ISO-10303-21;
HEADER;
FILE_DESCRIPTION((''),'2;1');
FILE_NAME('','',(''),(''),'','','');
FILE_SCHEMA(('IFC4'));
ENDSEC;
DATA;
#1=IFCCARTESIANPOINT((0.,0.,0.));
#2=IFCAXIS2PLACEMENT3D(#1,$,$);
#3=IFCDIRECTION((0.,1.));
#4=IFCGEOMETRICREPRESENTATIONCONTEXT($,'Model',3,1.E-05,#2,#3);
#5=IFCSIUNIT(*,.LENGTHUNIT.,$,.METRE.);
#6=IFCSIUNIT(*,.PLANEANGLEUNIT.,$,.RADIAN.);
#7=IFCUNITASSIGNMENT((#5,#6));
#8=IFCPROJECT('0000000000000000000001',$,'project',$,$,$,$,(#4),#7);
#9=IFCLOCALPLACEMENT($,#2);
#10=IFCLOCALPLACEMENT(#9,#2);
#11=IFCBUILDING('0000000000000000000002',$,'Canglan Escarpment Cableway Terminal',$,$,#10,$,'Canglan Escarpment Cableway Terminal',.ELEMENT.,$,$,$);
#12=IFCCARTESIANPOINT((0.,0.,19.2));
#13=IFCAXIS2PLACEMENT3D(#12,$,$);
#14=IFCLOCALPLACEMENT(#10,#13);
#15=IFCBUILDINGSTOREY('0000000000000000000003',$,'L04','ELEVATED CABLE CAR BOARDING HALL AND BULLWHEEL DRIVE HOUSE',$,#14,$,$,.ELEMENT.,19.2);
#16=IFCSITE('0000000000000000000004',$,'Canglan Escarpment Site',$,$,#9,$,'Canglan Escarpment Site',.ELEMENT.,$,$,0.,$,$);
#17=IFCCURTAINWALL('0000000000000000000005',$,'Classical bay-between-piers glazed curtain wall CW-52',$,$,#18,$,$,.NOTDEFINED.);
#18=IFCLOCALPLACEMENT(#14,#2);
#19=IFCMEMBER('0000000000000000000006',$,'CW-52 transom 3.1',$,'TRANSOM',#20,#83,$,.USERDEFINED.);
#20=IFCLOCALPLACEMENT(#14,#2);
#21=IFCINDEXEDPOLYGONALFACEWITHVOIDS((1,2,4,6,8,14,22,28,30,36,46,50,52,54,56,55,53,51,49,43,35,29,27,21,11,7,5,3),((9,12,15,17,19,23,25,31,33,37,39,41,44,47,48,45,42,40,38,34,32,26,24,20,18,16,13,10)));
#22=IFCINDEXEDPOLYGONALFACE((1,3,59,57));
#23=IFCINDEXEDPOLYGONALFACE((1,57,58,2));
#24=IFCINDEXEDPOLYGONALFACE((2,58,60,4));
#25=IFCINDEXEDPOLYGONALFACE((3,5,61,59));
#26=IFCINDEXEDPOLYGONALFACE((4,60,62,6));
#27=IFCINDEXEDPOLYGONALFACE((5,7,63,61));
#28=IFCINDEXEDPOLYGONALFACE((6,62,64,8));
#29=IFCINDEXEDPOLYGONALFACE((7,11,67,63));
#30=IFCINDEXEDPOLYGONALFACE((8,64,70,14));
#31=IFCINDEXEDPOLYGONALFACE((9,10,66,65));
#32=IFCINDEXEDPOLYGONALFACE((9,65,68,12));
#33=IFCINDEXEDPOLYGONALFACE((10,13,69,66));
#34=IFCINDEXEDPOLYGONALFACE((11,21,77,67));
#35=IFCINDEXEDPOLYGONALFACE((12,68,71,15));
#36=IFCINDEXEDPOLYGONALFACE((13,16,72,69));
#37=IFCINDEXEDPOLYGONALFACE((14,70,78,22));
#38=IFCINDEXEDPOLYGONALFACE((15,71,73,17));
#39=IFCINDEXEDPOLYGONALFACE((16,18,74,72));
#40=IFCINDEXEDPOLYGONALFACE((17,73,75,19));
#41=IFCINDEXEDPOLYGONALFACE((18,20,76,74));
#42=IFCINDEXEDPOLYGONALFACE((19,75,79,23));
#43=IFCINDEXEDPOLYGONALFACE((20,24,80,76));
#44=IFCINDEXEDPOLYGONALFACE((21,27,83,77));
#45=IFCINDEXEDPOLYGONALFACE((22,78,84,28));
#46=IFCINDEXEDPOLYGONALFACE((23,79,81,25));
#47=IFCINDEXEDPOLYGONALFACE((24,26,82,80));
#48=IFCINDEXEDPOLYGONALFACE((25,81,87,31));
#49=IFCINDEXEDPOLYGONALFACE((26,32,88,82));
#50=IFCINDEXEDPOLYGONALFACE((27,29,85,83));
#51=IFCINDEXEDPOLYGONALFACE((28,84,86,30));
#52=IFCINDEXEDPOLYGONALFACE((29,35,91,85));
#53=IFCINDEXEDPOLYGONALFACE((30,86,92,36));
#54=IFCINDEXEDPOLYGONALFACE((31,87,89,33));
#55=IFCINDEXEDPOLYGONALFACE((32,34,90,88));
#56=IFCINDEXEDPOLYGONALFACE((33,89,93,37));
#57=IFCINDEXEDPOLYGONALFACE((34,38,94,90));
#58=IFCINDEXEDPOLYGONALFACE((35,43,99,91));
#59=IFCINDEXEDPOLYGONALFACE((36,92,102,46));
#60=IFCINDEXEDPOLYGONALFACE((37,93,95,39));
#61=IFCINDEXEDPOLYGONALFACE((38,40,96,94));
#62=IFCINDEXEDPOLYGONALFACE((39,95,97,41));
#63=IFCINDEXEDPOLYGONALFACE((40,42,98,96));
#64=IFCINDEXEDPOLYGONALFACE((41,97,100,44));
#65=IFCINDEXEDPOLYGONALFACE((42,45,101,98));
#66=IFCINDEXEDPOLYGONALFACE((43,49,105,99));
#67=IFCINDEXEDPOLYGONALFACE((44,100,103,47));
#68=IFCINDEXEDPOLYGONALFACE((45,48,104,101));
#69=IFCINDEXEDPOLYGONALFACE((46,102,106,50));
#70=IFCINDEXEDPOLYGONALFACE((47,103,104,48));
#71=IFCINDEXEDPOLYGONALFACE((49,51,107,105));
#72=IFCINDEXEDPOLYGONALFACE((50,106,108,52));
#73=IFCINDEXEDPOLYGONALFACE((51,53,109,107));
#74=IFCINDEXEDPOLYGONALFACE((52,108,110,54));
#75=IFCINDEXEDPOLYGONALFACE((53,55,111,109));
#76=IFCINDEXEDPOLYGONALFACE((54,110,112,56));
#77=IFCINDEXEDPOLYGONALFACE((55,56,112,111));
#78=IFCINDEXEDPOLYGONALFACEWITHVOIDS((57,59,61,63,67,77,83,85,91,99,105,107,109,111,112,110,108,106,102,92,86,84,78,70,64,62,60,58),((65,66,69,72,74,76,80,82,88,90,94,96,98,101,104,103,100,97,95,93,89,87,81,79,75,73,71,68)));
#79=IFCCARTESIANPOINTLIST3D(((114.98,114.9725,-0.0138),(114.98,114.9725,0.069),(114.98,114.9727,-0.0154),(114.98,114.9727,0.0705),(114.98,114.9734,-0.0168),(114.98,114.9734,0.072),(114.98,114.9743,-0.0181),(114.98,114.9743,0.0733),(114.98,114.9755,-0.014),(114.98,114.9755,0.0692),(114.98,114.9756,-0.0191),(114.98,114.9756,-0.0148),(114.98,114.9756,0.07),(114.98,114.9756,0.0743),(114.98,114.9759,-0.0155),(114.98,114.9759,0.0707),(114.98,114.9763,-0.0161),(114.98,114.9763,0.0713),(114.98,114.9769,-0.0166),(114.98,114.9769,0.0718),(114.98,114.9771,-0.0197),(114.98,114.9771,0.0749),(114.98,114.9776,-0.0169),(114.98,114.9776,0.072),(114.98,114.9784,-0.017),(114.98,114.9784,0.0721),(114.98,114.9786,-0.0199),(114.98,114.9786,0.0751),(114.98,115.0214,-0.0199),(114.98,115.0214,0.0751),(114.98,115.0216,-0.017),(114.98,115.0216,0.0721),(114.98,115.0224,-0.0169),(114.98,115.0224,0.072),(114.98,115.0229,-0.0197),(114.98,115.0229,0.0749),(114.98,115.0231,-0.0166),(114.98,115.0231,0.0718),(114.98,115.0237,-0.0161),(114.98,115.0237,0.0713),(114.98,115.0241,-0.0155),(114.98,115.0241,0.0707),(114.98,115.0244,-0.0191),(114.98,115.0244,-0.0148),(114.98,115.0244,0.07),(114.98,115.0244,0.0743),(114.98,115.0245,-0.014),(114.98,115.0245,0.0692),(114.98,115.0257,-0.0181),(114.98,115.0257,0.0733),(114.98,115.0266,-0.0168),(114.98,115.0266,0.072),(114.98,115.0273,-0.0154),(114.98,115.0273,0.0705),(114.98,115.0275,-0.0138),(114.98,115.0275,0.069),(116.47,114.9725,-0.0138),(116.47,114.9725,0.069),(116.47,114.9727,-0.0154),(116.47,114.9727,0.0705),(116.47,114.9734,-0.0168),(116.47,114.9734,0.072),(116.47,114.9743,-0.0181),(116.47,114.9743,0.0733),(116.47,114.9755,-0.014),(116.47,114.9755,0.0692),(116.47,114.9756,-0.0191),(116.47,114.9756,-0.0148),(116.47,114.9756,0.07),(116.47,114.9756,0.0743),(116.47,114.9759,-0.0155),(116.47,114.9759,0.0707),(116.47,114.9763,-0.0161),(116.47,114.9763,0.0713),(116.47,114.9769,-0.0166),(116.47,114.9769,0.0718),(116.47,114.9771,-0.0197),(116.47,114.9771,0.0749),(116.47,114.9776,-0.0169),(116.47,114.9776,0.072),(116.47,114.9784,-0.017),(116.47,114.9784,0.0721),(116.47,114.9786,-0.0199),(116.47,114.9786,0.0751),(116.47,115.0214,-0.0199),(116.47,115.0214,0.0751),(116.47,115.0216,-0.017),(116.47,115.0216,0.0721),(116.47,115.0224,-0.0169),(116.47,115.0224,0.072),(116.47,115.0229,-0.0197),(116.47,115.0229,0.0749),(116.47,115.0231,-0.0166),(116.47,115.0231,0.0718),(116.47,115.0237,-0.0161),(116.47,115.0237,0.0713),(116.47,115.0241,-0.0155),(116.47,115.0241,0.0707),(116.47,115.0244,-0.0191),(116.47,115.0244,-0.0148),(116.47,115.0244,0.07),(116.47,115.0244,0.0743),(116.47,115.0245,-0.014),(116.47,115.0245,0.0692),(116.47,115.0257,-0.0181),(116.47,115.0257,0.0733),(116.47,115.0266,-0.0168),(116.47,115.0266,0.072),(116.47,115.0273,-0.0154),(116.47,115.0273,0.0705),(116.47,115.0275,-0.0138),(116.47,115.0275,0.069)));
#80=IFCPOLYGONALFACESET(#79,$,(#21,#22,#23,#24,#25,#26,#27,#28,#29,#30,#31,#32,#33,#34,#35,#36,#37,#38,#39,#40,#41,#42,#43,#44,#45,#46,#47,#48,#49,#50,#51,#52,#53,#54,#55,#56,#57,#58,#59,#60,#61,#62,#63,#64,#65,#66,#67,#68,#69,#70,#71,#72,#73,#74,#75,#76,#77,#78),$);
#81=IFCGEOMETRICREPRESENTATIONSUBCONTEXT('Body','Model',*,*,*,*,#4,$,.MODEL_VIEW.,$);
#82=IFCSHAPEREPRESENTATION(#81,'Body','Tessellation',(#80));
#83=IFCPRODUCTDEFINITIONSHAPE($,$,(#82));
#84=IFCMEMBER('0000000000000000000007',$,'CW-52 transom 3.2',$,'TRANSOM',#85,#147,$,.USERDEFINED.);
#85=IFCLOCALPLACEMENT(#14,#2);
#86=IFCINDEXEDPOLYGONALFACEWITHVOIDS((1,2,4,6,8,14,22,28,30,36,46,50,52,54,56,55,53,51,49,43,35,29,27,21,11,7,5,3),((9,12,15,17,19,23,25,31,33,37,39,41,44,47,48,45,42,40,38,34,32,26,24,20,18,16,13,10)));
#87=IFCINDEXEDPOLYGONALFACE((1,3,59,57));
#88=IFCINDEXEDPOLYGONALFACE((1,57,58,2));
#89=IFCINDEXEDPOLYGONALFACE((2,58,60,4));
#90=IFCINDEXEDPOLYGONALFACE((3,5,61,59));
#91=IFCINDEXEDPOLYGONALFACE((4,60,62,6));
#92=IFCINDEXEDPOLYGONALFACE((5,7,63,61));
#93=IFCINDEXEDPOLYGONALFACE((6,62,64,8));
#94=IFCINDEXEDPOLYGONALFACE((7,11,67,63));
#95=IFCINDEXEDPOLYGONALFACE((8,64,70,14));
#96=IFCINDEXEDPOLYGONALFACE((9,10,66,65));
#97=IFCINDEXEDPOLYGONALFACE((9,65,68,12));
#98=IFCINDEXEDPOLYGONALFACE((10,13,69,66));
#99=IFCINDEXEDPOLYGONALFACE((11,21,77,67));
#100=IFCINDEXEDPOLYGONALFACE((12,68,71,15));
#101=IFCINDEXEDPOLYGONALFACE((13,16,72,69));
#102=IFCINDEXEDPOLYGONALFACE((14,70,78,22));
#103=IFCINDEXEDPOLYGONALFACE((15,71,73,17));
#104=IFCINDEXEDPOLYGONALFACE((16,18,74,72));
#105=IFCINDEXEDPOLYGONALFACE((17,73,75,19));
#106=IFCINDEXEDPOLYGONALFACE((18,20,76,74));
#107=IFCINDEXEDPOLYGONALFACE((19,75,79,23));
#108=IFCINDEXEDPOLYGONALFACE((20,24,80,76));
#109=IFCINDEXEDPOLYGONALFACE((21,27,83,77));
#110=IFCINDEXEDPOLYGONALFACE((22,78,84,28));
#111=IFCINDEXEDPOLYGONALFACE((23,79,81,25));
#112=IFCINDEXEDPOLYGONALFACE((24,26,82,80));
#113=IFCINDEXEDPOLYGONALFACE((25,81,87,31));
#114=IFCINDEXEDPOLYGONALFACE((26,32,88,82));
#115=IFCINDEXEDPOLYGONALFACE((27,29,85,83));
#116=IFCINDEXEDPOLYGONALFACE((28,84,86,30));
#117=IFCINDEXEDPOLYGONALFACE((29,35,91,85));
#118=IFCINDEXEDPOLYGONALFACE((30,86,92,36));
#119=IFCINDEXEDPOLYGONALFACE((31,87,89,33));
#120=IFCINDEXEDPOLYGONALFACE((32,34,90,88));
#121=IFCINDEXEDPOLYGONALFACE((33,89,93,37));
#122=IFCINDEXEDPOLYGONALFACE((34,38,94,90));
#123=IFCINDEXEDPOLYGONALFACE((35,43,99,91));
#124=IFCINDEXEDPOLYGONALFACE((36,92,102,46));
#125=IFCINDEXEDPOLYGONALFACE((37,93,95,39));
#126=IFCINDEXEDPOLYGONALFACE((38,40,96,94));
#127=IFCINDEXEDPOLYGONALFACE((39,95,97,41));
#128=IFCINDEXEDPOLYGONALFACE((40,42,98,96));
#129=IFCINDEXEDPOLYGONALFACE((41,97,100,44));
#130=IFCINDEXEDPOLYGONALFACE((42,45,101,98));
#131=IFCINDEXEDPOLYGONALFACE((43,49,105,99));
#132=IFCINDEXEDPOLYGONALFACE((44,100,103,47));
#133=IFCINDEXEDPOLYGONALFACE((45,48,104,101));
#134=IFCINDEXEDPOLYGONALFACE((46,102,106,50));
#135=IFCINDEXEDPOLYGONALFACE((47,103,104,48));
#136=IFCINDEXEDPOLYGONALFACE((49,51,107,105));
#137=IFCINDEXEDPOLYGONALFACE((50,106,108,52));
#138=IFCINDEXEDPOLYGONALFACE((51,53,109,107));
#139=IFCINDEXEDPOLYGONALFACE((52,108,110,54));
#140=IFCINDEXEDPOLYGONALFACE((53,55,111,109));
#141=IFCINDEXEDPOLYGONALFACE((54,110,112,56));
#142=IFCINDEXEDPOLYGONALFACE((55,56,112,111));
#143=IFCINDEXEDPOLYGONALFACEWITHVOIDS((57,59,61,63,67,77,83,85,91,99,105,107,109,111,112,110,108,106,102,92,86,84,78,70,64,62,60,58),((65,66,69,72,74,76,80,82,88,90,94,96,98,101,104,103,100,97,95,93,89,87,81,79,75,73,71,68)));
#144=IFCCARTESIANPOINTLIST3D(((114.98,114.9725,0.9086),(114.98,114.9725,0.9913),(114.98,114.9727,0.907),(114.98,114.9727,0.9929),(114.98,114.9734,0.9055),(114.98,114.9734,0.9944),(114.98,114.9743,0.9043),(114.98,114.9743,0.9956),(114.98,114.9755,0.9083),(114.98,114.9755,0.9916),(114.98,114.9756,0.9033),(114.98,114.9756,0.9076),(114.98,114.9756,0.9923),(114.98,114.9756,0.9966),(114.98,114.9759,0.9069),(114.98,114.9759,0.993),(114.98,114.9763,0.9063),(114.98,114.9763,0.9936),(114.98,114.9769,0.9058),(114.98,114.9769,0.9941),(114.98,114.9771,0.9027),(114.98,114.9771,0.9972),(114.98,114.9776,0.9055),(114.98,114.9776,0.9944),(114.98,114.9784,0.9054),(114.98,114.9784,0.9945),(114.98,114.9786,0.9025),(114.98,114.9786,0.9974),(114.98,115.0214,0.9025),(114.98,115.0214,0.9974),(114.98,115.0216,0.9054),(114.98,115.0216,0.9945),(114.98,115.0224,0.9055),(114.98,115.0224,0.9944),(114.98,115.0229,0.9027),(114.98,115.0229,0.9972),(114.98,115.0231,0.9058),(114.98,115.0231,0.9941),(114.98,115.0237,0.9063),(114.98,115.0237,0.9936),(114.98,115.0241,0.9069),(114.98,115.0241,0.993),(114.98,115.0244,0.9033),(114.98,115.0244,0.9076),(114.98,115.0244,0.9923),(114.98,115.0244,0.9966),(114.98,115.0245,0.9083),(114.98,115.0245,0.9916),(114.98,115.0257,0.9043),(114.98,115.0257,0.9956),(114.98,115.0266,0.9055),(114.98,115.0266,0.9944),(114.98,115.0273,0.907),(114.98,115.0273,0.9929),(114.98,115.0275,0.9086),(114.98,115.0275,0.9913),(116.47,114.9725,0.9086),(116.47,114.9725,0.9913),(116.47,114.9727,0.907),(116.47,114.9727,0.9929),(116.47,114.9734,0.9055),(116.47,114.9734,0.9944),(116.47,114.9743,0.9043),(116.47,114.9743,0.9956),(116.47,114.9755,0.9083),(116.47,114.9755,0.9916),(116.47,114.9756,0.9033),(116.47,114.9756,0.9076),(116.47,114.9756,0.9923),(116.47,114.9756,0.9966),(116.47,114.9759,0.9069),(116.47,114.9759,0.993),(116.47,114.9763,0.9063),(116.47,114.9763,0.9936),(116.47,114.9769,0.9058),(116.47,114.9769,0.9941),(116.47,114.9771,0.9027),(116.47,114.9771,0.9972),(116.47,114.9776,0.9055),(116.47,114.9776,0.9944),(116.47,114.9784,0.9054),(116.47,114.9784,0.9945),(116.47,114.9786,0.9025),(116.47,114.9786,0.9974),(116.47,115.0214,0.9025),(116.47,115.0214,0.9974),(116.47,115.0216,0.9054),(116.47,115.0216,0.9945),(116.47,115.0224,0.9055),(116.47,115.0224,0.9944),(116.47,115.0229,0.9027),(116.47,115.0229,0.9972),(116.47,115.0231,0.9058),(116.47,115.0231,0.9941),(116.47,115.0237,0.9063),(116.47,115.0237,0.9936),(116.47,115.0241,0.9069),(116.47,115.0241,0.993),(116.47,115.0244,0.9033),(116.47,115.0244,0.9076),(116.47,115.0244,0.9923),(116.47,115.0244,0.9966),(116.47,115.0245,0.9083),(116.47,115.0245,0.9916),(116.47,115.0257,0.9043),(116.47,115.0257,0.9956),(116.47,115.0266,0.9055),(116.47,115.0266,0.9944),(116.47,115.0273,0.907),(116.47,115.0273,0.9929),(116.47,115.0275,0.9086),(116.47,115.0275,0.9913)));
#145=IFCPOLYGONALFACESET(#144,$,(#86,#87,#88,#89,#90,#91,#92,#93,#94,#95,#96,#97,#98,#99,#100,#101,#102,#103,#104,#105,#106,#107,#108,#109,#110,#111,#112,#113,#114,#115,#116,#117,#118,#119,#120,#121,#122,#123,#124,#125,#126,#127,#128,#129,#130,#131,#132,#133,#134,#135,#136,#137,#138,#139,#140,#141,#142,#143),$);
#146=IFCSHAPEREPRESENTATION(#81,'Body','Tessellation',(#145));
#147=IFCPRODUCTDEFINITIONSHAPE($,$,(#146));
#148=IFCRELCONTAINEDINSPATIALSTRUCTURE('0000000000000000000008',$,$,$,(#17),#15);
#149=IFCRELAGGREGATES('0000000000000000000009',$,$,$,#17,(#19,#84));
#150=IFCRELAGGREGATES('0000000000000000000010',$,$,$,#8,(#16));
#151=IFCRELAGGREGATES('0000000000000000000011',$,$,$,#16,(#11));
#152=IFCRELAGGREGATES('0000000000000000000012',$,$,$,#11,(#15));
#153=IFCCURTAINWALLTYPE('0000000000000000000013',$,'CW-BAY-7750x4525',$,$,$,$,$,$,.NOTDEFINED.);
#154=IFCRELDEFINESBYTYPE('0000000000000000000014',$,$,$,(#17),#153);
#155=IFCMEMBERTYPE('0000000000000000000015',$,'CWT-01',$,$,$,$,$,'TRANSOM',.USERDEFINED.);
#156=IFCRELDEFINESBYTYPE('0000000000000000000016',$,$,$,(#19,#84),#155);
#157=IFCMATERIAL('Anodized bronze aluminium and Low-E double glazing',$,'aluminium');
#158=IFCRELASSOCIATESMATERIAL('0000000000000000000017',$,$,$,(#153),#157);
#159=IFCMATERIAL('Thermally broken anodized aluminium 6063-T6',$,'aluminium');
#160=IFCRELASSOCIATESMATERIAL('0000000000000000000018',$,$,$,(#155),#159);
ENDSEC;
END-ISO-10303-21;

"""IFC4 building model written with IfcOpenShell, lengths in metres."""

from ifc_helpers import new_model, si_unit, direction, frame, origin, origin_2d, place, context, subcontext, project, spatial, hollow_rectangle, extrude, material, material_profile, profile_set, type_object, element, aggregate, save


model = new_model("IFC4")

# Units and contexts
model_context = context("Model", 3, precision=1e-05, world=origin(), true_north=direction((0.0, 1.0)))
body_context = subcontext(model_context, "Body", "Model", "MODEL_VIEW")
ifc_project = project(units=[si_unit("LENGTHUNIT", "METRE"), si_unit("PLANEANGLEUNIT", "RADIAN")], contexts=[model_context])

# Site, building, storey
site_placement = place(None, origin())
site = spatial("IfcSite", under=ifc_project, at=site_placement, Name="Canglan Escarpment Site", LongName="Canglan Escarpment Site", CompositionType="ELEMENT", RefElevation=0.0)
building_placement = place(site_placement, origin())
building = spatial("IfcBuilding", under=site, at=building_placement, Name="Canglan Escarpment Cableway Terminal", LongName="Canglan Escarpment Cableway Terminal", CompositionType="ELEMENT")
storey_placement = place(building_placement, frame((0.0, 0.0, 19.2)))
storey = spatial("IfcBuildingStorey", under=building, at=storey_placement, Name="L04", Description="ELEVATED CABLE CAR BOARDING HALL AND BULLWHEEL DRIVE HOUSE", CompositionType="ELEMENT", Elevation=19.2)

# Curtain wall, members
ifc_material_1 = material(Name="Anodized bronze aluminium and Low-E double glazing", Category="aluminium")
curtain_wall_type = type_object("IfcCurtainWallType", Name="CW-BAY-7750x4525", PredefinedType="NOTDEFINED", material=ifc_material_1)
curtain_wall_placement = place(storey_placement, origin())
curtain_wall = element("IfcCurtainWall", 1, at=curtain_wall_placement, inside=storey, type_object=curtain_wall_type, Name="Classical bay-between-piers glazed curtain wall CW-52", PredefinedType="NOTDEFINED")
ifc_material_2 = material(Name="Thermally broken anodized aluminium 6063-T6", Category="aluminium")
ifc_material_profile_1 = material_profile(ifc_material_2, hollow_rectangle(XDim=0.0549, YDim=0.095, WallThickness=0.0029, InnerFilletRadius=0.0029, OuterFilletRadius=0.0061, at=origin_2d()), Name="ALU-TRAN 55x95x3")
ifc_profile_set_1 = profile_set([ifc_material_profile_1], Name="Thermally broken anodized aluminium 6063-T6")
member_type_1 = type_object("IfcMemberType", Name="CWT-01", ElementType="TRANSOM", PredefinedType="USERDEFINED", material=ifc_profile_set_1)
member_1_placement = place(storey_placement, frame((116.47, 115.0, 0.0276), z_axis=(-1.0, 0.0, 0.0), x_axis=(0.0, -1.0, 0.0)))
member_1 = element("IfcMember", 2, at=member_1_placement, type_object=member_type_1, Name="CW-52 transom 3.1", ObjectType="TRANSOM", PredefinedType="USERDEFINED", context=body_context, shape_type="SweptSolid", body=[
    extrude(hollow_rectangle(XDim=0.0549, YDim=0.095, WallThickness=0.0029, InnerFilletRadius=0.0029, OuterFilletRadius=0.0061, at=origin_2d()), origin(), (0.0, 0.0, 1.0), 1.49),
])
member_2_placement = place(storey_placement, frame((116.47, 115.0, 0.95), z_axis=(-1.0, 0.0, 0.0), x_axis=(0.0, -1.0, 0.0)))
member_2 = element("IfcMember", 3, at=member_2_placement, type_object=member_type_1, Name="CW-52 transom 3.2", ObjectType="TRANSOM", PredefinedType="USERDEFINED", context=body_context, shape_type="SweptSolid", body=[
    extrude(hollow_rectangle(XDim=0.0549, YDim=0.095, WallThickness=0.0029, InnerFilletRadius=0.0029, OuterFilletRadius=0.0061, at=origin_2d()), origin(), (0.0, 0.0, 1.0), 1.49),
])
aggregate(curtain_wall, [member_1, member_2])

save(model, "model.ifc")
